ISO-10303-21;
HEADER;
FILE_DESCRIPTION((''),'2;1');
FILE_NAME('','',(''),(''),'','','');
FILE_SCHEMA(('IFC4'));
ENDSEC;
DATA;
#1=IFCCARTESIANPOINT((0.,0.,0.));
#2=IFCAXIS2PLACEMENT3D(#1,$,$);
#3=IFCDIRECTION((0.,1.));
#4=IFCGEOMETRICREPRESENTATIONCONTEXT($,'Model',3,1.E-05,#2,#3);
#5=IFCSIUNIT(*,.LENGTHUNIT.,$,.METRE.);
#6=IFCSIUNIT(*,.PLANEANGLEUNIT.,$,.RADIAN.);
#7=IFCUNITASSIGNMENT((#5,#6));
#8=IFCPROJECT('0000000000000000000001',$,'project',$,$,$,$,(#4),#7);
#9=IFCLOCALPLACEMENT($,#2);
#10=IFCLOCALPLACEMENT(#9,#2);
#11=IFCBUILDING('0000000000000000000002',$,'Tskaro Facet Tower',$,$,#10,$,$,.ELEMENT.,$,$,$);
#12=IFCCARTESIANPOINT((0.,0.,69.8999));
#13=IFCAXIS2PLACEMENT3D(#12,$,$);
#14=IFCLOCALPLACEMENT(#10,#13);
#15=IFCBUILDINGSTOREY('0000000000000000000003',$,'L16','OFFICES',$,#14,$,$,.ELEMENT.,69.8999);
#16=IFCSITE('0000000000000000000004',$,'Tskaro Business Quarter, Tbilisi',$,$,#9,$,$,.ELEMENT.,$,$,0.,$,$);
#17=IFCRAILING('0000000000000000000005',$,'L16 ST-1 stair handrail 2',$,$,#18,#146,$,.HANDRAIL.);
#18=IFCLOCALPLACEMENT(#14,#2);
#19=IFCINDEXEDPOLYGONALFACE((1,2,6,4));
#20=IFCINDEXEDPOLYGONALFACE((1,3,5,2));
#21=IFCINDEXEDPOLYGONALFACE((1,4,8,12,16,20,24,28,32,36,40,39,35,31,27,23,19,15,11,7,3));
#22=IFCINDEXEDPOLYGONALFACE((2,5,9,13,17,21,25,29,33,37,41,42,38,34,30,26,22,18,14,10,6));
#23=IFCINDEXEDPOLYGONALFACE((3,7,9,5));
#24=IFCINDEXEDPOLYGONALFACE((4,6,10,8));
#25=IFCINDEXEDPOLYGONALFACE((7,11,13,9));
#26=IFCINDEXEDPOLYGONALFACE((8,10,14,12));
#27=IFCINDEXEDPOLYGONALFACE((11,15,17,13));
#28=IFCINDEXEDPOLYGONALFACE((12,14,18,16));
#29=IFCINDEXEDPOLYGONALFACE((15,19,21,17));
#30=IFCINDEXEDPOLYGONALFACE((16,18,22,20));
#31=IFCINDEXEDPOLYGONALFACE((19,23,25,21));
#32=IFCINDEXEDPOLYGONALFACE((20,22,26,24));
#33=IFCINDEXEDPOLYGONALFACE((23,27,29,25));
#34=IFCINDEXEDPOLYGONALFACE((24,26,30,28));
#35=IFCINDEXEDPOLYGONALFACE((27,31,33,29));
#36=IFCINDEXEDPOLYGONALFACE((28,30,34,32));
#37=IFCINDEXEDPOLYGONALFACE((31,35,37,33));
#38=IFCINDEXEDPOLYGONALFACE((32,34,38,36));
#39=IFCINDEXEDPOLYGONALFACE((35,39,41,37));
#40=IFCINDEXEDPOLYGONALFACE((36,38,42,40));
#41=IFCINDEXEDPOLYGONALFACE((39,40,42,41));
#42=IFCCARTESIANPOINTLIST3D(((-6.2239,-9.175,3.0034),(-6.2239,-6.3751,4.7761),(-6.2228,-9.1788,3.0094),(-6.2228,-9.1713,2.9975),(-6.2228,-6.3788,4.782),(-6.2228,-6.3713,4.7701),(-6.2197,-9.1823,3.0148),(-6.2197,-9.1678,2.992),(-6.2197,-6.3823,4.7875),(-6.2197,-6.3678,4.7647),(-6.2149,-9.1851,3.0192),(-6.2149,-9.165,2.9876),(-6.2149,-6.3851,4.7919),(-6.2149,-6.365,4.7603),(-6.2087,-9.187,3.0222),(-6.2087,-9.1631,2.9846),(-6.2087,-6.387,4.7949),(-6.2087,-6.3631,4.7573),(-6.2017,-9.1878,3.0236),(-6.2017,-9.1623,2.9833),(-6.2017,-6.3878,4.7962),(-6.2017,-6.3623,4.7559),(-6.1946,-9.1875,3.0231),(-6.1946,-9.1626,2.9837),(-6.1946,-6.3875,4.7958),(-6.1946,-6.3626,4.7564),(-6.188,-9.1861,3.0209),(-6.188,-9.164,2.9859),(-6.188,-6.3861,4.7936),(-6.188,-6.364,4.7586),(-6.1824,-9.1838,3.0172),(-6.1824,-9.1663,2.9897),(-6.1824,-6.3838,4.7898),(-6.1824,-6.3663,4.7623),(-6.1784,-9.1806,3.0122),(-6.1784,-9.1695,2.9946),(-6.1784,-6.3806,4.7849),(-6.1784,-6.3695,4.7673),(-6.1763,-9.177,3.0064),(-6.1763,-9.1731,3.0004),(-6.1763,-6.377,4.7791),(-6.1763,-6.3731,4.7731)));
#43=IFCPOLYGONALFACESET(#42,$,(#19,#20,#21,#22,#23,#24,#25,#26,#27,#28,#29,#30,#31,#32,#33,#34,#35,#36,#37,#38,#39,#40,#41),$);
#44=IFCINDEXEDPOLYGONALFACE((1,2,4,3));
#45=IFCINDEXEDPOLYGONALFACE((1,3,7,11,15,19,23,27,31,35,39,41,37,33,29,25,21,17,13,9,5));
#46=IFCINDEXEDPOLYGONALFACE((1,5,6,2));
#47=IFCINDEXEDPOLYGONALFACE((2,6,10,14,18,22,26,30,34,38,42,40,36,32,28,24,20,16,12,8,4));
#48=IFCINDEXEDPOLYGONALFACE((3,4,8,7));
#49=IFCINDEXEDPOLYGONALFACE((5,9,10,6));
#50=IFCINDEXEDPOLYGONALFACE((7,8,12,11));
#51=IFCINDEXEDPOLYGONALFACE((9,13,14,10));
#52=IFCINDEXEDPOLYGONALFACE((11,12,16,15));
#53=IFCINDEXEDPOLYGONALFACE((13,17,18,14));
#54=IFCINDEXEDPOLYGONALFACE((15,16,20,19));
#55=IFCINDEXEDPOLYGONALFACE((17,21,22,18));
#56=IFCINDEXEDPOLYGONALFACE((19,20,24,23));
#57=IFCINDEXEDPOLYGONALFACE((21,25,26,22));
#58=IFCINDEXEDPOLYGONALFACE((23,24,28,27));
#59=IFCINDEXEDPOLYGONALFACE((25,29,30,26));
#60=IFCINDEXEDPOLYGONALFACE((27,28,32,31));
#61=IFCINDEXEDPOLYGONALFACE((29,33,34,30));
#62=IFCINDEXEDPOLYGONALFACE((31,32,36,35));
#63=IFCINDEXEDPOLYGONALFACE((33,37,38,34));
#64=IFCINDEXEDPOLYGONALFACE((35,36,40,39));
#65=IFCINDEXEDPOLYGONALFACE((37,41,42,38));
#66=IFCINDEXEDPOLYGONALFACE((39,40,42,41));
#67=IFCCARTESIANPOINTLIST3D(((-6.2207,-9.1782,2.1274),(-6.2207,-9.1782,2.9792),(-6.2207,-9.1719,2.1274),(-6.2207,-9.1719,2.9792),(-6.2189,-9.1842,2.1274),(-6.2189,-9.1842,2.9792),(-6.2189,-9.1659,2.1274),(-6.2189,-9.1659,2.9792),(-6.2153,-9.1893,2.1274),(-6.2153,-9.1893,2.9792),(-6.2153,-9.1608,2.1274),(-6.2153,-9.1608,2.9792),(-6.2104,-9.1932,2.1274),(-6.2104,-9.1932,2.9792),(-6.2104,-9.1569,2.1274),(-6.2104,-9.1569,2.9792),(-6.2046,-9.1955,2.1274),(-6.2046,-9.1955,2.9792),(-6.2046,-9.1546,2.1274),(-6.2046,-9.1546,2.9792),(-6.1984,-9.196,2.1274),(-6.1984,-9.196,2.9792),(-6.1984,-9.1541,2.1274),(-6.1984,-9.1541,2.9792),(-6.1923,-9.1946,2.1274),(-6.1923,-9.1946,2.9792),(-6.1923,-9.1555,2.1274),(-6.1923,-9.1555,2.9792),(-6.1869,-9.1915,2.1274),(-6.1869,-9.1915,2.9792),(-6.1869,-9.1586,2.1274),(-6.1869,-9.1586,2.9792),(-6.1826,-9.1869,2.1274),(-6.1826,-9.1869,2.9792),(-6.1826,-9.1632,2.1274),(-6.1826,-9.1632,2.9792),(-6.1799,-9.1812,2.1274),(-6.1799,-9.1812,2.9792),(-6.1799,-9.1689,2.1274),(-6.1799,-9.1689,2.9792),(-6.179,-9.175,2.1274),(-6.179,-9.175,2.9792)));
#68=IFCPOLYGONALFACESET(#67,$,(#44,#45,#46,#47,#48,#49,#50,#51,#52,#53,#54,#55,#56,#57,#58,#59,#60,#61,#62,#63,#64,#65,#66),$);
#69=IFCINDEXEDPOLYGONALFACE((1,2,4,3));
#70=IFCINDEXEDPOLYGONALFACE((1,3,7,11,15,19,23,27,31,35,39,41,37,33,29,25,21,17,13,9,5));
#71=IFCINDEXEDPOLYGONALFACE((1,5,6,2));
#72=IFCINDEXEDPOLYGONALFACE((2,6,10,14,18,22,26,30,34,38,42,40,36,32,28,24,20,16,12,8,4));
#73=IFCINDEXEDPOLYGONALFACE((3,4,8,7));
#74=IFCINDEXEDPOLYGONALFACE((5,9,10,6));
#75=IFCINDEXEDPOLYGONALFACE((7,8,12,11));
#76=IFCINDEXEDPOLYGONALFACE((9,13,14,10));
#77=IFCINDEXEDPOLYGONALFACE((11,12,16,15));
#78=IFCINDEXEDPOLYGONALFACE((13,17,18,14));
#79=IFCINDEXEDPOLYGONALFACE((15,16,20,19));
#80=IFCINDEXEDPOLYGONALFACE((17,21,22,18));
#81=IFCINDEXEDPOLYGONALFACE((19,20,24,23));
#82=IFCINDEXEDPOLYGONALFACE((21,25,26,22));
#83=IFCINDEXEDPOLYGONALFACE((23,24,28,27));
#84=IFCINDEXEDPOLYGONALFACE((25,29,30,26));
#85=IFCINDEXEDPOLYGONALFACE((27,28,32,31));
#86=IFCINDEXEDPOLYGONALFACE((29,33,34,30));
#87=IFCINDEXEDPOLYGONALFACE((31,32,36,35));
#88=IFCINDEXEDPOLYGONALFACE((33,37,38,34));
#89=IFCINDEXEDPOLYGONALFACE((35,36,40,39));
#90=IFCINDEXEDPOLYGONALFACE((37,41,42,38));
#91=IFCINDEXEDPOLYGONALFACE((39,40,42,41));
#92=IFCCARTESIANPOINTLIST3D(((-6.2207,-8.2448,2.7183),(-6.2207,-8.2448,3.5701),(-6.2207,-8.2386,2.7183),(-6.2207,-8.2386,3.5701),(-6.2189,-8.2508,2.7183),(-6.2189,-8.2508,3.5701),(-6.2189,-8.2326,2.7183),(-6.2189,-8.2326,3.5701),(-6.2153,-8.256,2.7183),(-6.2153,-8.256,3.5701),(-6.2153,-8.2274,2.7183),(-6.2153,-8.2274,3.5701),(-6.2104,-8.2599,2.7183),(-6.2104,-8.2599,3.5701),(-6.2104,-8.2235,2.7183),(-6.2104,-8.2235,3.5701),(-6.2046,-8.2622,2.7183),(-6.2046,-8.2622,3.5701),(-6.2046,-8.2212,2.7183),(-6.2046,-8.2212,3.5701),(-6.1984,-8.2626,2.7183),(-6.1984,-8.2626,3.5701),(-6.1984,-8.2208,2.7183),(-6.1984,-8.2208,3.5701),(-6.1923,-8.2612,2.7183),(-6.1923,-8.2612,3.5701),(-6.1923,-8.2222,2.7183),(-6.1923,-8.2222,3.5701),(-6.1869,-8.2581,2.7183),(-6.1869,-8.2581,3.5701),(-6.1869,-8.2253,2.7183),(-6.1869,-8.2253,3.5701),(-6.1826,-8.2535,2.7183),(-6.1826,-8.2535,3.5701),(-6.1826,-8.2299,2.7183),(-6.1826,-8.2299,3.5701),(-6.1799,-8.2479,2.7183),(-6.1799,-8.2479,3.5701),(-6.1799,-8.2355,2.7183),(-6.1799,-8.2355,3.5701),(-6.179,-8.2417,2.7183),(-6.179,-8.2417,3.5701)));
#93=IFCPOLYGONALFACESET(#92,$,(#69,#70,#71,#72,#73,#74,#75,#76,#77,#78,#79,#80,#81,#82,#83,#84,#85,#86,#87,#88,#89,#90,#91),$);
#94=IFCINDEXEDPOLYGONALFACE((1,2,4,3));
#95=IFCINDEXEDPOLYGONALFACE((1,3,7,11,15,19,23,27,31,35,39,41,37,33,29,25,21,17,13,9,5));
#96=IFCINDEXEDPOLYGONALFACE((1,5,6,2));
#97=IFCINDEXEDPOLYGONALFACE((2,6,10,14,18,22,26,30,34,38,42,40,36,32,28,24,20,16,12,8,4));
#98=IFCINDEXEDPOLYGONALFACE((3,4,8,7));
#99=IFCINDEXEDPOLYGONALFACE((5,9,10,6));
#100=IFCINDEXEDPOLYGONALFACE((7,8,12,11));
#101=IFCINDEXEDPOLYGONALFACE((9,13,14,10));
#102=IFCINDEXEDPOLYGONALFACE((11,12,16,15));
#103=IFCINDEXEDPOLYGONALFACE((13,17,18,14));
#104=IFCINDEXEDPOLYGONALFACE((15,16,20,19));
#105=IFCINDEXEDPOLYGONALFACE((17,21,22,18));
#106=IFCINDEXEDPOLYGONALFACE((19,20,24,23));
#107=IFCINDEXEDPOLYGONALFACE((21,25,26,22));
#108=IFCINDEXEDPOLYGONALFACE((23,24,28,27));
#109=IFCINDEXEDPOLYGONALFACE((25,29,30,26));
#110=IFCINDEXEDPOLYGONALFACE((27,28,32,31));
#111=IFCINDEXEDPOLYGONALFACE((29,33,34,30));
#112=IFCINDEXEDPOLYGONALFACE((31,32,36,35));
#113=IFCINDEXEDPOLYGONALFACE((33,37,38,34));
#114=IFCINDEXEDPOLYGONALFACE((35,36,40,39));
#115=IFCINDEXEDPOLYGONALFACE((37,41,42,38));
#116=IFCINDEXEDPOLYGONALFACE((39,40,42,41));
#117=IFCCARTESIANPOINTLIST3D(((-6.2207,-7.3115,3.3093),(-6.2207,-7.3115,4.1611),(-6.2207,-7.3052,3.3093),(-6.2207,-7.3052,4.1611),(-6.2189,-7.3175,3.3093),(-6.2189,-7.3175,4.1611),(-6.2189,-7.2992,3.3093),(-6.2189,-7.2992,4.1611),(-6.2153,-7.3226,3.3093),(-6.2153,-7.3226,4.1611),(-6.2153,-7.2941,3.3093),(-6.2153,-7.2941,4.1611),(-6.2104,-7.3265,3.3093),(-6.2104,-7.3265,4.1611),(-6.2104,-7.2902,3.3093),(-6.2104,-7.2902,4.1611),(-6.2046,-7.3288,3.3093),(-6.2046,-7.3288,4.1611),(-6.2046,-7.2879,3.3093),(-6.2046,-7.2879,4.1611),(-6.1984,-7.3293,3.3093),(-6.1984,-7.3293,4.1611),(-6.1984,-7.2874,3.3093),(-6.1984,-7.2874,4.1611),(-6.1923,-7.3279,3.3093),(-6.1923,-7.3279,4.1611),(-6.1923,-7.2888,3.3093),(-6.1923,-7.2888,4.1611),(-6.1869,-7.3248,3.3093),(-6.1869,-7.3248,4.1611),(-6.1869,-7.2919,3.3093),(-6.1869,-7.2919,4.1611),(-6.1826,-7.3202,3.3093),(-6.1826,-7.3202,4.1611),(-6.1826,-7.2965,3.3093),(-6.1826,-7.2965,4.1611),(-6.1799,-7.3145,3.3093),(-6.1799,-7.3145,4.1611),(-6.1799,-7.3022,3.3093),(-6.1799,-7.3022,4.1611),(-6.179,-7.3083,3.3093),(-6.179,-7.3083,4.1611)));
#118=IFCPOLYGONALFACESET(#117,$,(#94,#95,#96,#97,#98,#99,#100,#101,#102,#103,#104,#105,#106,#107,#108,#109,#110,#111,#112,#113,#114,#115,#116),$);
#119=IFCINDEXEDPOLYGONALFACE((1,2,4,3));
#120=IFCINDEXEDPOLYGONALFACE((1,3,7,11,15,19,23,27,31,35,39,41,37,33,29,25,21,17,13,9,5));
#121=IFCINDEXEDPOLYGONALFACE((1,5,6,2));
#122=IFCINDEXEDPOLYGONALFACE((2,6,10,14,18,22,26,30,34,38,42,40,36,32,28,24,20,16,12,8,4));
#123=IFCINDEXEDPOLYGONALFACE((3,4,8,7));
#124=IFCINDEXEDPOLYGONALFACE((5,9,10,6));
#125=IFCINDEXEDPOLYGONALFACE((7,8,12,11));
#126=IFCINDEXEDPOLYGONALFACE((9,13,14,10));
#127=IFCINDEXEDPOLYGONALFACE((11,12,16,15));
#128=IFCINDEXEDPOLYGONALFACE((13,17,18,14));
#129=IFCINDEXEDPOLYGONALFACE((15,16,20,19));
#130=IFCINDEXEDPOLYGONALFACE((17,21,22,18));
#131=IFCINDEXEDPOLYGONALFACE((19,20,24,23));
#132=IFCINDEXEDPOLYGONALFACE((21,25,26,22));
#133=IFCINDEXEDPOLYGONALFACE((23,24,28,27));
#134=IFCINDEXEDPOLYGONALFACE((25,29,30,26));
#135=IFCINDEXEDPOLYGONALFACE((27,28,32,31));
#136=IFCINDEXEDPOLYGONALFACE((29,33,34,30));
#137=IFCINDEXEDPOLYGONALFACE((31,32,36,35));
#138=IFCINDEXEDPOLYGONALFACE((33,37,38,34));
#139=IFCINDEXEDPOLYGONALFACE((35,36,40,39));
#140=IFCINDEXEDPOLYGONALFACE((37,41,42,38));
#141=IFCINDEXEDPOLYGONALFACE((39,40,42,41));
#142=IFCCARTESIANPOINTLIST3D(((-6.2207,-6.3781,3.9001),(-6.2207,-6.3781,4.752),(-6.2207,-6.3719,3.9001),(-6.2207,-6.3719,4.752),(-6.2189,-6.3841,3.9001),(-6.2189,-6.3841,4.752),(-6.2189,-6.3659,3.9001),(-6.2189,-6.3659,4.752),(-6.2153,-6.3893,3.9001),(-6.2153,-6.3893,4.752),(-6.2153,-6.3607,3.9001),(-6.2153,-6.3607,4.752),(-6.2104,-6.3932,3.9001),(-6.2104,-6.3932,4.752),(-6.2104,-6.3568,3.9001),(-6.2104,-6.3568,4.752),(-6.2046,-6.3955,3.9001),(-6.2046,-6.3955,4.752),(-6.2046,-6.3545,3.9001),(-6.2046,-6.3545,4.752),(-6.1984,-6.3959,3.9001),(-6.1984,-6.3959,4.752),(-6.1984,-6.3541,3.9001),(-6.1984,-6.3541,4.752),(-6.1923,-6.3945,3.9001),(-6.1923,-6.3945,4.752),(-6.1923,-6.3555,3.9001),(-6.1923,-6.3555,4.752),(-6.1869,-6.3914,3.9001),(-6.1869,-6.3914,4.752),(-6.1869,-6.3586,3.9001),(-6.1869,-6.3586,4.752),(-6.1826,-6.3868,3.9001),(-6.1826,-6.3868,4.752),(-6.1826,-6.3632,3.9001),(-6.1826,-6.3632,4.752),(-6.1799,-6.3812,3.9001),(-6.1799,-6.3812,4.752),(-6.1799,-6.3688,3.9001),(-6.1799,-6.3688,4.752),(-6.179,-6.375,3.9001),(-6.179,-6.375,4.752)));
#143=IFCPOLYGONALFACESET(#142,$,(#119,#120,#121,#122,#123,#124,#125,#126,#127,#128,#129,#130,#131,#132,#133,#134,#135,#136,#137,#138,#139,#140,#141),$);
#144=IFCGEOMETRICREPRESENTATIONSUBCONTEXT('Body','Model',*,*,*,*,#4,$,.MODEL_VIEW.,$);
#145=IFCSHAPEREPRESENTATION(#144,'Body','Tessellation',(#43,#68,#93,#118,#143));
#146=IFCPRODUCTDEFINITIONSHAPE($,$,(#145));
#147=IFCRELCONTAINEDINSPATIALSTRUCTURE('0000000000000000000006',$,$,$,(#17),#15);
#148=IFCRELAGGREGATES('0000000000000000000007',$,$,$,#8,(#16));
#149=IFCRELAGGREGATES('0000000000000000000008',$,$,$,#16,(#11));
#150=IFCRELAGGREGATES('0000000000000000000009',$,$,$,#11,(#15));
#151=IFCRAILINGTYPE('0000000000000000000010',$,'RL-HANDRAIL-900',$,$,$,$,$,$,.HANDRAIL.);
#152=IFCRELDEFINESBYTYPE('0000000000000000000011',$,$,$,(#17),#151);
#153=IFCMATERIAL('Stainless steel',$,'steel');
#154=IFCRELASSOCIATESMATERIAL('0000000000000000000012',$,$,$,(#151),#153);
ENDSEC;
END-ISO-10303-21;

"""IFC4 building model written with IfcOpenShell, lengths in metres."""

from ifc_helpers import new_model, si_unit, direction, frame, origin, origin_2d, place, context, subcontext, project, spatial, circle, extrude, material, type_object, element, save


model = new_model("IFC4")

# Units and contexts
model_context = context("Model", 3, precision=1e-05, world=origin(), true_north=direction((0.0, 1.0)))
body_context = subcontext(model_context, "Body", "Model", "MODEL_VIEW")
ifc_project = project(units=[si_unit("LENGTHUNIT", "METRE"), si_unit("PLANEANGLEUNIT", "RADIAN")], contexts=[model_context])

# Site, building, storey
site_placement = place(None, origin())
site = spatial("IfcSite", under=ifc_project, at=site_placement, Name="Tskaro Business Quarter, Tbilisi", CompositionType="ELEMENT", RefElevation=0.0)
building_placement = place(site_placement, origin())
building = spatial("IfcBuilding", under=site, at=building_placement, Name="Tskaro Facet Tower", CompositionType="ELEMENT")
storey_placement = place(building_placement, frame((0.0, 0.0, 69.8999)))
storey = spatial("IfcBuildingStorey", under=building, at=storey_placement, Name="L16", Description="OFFICES", CompositionType="ELEMENT", Elevation=69.8999)

# Shared definitions
ifc_material_1 = material(Name="Stainless steel", Category="steel")

# Railing
railing_type_1 = type_object("IfcRailingType", Name="RL-HANDRAIL-900", PredefinedType="HANDRAIL", material=ifc_material_1)
railing_1_placement = place(storey_placement, frame((-6.2, -9.175, 2.1274)))
element("IfcRailing", 1, at=railing_1_placement, inside=storey, type_object=railing_type_1, Name="L16 ST-1 stair handrail 2", PredefinedType="HANDRAIL", context=body_context, shape_type="SweptSolid", body=[
    extrude(circle(Radius=0.0239, at=origin_2d()), frame((0.0, 0.0, 0.876), z_axis=(0.0, 0.844909, 0.53491), x_axis=(-1.0, 0.0, 0.0)), (0.0, 0.0, 1.0), 3.314),
    extrude(circle(Radius=0.021, at=origin_2d()), origin(), (0.0, 0.0, 1.0), 0.8518),
    extrude(circle(Radius=0.021, at=origin_2d()), frame((0.0, 0.9333, 0.5908)), (0.0, 0.0, 1.0), 0.8518),
    extrude(circle(Radius=0.021, at=origin_2d()), frame((0.0, 1.8667, 1.1819)), (0.0, 0.0, 1.0), 0.8518),
    extrude(circle(Radius=0.021, at=origin_2d()), frame((0.0, 2.8, 1.7727)), (0.0, 0.0, 1.0), 0.8518),
])

save(model, "model.ifc")
